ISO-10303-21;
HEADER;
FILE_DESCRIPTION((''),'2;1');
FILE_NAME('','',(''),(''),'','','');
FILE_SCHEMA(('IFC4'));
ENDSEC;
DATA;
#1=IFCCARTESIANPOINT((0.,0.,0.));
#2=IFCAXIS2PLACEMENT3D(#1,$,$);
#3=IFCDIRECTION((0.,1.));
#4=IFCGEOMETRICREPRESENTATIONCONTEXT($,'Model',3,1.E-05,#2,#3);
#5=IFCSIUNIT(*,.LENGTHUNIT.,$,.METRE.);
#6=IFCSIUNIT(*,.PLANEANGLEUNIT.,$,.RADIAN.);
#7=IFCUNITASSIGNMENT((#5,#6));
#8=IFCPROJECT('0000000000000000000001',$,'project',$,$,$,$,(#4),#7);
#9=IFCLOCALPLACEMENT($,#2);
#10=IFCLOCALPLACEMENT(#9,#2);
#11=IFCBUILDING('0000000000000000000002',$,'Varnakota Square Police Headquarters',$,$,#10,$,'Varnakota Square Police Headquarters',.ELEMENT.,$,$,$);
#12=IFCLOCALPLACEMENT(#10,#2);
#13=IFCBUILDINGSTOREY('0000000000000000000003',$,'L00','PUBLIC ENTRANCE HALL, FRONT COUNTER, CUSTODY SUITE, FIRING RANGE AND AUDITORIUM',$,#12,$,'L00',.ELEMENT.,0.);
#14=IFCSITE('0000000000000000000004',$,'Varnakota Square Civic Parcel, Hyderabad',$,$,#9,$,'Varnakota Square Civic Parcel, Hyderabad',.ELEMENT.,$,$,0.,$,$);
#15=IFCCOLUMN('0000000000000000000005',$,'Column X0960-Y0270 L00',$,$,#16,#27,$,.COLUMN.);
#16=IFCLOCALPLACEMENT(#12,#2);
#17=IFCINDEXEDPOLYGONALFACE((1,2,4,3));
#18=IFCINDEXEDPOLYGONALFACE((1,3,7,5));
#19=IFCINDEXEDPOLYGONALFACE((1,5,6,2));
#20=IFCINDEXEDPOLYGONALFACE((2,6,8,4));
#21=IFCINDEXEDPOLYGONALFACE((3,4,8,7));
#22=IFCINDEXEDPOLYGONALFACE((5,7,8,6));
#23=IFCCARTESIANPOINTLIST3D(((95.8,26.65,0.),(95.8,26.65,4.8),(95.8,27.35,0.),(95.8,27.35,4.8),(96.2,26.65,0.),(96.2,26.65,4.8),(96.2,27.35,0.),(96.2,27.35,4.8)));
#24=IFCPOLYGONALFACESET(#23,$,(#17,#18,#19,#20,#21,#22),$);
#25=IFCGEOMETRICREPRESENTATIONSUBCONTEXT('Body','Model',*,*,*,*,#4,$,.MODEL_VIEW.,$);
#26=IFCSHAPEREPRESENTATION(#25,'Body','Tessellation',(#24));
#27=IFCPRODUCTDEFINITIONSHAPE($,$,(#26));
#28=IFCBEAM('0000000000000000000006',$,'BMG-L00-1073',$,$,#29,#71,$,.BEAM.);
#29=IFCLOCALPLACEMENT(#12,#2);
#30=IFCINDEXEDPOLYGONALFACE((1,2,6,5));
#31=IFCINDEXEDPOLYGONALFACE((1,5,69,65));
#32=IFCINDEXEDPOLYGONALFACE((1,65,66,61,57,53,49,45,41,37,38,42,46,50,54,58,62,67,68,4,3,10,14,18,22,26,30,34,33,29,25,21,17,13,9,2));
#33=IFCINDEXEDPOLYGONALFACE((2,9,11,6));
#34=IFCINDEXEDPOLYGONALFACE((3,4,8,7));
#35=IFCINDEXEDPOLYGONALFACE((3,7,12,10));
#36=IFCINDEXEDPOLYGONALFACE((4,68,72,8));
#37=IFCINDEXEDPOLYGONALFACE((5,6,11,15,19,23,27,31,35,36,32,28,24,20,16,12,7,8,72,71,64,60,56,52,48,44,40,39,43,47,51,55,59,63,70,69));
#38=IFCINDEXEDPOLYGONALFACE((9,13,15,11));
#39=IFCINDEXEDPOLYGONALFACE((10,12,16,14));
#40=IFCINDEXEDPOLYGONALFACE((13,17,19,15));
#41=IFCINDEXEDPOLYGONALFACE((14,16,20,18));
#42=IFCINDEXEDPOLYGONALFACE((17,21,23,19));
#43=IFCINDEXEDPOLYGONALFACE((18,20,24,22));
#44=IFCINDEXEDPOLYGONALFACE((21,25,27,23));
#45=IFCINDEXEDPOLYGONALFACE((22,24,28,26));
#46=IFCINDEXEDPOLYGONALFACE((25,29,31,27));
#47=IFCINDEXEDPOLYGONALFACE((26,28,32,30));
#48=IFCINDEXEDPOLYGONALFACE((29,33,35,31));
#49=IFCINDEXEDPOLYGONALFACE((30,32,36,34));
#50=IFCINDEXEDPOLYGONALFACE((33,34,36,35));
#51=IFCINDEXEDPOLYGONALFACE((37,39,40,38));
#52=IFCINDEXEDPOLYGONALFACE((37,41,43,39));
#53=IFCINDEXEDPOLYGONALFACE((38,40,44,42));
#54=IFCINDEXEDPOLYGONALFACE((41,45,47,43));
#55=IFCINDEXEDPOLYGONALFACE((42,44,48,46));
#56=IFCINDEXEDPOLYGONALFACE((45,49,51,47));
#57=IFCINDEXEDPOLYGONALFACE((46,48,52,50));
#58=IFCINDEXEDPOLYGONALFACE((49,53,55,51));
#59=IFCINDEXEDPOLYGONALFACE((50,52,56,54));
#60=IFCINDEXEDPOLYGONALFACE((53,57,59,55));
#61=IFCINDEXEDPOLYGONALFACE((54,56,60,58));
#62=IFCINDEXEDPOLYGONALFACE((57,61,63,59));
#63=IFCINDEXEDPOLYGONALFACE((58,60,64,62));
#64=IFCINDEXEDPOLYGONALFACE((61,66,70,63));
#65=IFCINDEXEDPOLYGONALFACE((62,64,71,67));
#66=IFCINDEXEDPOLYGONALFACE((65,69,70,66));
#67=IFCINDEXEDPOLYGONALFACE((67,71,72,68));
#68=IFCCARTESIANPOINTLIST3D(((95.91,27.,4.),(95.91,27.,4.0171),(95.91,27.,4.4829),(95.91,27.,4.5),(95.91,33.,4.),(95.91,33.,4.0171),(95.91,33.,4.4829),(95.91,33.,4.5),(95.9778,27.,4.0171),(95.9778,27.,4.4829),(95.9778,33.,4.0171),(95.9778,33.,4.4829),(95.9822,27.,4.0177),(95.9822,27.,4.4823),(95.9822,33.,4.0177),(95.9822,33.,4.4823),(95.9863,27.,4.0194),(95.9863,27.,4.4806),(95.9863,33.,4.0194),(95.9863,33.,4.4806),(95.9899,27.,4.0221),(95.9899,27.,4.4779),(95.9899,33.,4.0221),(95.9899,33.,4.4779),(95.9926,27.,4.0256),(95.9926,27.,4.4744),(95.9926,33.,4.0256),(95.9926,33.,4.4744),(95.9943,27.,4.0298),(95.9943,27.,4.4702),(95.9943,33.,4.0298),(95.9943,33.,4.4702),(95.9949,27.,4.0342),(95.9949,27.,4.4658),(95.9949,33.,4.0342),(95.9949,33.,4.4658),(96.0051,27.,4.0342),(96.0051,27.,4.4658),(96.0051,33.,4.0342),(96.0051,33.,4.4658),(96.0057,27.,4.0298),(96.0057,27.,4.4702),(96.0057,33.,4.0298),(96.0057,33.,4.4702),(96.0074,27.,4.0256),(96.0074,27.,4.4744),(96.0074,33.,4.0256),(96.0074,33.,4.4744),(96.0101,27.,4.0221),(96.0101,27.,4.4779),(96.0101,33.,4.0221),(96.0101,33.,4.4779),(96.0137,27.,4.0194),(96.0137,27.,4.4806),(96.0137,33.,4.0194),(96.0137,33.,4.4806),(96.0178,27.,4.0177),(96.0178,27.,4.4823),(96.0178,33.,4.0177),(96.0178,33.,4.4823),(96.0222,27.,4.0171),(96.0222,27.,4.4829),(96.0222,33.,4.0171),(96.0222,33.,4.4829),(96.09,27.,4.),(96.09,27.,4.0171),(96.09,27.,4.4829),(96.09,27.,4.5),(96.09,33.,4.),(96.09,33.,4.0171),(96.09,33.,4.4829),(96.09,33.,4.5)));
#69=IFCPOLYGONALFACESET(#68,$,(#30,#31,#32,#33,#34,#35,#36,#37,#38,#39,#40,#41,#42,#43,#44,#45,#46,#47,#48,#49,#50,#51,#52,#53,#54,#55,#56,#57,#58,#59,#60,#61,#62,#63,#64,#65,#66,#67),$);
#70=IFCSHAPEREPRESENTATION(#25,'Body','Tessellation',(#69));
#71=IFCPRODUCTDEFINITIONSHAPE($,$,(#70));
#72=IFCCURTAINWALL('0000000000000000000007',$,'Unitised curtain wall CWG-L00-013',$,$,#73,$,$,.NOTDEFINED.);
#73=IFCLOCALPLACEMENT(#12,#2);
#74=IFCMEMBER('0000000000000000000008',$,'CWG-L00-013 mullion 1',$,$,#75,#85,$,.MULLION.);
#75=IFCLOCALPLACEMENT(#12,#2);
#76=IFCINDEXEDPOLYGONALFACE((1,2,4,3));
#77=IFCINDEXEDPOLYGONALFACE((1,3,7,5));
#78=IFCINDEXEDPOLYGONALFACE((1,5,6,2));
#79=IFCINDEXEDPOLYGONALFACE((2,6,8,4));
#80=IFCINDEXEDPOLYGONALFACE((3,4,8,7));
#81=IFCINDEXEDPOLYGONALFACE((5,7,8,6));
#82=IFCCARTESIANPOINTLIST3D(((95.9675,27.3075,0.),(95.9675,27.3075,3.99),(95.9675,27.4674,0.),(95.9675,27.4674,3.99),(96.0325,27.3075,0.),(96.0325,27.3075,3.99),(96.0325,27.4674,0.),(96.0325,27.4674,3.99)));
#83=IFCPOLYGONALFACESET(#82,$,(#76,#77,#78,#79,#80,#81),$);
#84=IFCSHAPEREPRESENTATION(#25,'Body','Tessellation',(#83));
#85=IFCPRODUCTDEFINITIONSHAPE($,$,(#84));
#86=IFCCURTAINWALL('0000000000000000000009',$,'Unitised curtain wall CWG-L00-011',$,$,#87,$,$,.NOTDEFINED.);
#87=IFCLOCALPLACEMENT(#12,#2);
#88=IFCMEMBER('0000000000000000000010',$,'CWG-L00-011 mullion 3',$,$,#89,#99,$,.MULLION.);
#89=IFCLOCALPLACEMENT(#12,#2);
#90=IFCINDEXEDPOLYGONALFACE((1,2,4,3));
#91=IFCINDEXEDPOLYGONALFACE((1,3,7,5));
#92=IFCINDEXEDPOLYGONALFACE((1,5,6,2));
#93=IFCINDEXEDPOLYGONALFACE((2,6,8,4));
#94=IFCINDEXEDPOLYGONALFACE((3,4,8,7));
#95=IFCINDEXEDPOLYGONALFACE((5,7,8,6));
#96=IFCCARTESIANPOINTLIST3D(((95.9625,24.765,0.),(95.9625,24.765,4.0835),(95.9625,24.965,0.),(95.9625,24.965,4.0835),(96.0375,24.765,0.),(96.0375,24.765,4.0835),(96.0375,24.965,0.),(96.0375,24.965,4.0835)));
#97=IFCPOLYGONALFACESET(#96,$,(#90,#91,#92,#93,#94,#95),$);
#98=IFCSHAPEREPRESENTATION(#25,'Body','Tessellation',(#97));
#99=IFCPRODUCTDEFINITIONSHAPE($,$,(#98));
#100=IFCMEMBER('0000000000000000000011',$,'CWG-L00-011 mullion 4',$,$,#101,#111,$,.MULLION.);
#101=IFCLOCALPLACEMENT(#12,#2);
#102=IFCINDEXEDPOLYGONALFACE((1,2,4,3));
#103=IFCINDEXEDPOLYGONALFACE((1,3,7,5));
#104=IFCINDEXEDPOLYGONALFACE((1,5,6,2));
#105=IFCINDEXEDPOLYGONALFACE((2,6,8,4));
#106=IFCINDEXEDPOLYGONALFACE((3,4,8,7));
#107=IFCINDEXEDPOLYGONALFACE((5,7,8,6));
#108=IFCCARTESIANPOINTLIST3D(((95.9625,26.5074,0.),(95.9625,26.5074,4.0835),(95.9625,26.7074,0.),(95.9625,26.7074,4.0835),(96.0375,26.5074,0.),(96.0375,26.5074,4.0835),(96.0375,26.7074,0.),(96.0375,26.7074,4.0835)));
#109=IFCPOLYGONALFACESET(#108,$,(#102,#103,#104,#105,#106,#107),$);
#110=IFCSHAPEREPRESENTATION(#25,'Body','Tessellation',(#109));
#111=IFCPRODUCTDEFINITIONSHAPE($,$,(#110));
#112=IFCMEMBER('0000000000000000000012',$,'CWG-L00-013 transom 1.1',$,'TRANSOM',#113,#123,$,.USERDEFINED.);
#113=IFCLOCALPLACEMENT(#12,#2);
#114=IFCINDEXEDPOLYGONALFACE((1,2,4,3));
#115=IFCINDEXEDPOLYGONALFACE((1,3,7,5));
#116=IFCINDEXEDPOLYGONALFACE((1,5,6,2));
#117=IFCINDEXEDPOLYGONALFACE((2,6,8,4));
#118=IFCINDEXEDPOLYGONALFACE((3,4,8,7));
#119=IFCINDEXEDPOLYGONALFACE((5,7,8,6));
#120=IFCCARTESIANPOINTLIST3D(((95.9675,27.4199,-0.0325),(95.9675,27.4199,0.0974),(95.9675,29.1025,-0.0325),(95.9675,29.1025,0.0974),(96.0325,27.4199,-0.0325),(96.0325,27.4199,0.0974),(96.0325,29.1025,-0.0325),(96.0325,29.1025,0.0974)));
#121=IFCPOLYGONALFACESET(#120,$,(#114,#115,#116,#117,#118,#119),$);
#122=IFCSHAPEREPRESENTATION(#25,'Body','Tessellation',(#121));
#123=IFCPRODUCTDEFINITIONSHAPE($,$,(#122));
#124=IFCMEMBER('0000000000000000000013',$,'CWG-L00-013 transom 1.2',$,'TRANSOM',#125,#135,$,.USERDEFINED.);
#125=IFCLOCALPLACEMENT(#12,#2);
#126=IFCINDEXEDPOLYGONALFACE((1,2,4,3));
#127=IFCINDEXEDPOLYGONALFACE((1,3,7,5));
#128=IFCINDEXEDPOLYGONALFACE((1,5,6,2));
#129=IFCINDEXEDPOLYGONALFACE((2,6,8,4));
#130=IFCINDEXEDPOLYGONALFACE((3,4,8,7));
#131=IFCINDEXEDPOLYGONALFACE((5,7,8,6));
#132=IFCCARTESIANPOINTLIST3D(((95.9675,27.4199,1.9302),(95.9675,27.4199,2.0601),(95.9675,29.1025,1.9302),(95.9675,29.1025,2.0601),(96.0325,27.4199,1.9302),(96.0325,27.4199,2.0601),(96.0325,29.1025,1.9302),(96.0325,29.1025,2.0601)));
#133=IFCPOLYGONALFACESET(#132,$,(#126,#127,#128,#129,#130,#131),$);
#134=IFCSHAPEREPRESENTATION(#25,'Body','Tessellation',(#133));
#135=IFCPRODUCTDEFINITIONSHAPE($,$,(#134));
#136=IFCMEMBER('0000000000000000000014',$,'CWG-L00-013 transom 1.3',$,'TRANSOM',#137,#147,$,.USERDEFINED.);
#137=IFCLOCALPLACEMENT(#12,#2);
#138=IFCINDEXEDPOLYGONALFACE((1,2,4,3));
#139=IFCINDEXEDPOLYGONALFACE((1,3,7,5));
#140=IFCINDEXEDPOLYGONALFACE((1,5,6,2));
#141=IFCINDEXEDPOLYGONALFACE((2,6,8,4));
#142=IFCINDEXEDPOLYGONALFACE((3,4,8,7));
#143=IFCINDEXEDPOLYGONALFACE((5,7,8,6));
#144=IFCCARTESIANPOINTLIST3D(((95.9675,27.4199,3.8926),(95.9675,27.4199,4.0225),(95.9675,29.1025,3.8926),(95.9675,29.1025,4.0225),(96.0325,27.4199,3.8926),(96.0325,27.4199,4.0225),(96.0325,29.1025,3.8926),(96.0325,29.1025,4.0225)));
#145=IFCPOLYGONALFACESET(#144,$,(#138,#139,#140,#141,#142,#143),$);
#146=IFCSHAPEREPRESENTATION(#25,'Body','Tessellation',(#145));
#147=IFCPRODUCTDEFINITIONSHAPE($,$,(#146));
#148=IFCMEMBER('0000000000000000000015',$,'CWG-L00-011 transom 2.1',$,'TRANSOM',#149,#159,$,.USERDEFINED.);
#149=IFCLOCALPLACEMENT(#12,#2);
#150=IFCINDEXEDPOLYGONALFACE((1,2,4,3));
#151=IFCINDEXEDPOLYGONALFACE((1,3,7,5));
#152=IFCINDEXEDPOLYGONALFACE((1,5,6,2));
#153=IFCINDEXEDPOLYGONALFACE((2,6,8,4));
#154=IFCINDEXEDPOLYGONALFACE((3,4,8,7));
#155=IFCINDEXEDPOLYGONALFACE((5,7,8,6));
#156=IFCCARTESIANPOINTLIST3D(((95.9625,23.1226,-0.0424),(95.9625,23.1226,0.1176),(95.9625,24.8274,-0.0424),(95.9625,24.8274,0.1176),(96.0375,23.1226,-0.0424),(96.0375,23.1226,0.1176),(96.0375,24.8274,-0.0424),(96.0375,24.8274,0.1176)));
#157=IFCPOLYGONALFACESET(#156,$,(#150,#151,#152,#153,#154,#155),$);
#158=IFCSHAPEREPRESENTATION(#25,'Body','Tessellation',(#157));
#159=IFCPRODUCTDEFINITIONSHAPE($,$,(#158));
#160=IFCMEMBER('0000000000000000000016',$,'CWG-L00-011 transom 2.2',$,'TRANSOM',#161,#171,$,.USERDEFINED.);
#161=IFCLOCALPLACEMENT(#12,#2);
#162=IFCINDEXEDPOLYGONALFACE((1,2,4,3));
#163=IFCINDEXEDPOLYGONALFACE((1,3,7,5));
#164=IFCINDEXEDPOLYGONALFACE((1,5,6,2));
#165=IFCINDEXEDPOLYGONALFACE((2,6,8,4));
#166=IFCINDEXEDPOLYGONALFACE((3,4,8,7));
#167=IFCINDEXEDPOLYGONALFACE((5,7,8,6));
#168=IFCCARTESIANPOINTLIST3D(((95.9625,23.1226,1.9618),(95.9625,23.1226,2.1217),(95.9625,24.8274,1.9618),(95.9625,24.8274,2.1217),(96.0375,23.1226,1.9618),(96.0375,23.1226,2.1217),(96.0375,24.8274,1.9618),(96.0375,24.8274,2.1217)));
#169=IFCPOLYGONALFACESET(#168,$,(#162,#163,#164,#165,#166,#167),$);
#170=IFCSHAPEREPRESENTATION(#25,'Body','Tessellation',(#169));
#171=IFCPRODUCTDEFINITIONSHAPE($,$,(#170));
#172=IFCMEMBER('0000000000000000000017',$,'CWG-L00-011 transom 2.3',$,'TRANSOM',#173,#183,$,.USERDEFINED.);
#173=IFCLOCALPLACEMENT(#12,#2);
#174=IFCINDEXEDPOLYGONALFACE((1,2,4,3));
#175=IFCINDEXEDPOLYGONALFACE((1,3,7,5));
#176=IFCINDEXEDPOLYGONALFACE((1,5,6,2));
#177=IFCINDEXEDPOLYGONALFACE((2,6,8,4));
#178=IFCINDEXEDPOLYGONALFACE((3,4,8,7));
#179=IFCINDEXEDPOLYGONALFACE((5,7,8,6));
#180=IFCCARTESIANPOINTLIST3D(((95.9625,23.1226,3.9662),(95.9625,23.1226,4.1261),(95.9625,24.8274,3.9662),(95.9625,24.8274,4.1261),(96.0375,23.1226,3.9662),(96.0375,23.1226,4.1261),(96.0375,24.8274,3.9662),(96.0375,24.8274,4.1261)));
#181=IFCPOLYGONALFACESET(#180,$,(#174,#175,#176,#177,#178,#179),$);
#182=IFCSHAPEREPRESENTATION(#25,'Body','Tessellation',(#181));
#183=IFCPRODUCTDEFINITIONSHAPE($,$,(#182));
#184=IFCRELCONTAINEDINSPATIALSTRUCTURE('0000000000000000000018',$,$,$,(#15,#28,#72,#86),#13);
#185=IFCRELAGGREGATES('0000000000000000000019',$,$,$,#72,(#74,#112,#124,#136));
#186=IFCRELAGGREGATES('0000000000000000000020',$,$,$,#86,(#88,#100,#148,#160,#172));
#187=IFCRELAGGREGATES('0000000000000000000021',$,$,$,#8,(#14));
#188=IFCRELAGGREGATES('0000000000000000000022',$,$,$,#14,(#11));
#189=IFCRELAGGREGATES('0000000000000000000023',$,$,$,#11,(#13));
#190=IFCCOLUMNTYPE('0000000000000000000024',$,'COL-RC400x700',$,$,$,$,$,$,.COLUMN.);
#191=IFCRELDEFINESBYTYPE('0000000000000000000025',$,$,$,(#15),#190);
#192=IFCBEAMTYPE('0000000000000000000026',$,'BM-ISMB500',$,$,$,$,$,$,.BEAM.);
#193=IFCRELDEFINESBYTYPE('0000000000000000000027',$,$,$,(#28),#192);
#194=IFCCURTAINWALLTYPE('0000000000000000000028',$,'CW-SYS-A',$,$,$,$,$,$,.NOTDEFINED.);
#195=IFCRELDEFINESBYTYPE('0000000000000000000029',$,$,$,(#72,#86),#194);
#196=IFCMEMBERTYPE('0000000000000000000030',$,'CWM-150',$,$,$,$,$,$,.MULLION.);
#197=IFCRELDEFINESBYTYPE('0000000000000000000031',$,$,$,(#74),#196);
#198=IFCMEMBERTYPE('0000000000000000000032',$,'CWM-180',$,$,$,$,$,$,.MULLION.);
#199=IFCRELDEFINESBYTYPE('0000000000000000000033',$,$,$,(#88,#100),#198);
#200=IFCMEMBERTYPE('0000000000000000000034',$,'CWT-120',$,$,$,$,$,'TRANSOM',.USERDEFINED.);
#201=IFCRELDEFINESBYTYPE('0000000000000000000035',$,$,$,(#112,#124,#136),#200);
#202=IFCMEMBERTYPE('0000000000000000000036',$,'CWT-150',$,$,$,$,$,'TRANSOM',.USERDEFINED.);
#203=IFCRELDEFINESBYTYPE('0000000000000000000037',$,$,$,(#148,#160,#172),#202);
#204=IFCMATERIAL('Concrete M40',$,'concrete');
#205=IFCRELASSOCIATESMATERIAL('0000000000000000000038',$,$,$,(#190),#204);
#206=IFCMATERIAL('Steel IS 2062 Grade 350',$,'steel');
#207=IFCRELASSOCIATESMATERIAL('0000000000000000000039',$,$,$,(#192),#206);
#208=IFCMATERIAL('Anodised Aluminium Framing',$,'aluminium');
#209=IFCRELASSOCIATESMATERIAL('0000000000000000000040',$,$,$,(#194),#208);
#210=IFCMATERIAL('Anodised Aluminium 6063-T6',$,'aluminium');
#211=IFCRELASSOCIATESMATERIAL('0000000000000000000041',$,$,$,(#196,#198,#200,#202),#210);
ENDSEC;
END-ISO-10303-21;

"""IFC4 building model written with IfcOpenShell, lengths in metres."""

from ifc_helpers import new_model, si_unit, direction, frame, origin, origin_2d, place, context, subcontext, project, spatial, rectangle, i_section, extrude, material, material_profile, profile_set, type_object, element, aggregate, save


model = new_model("IFC4")

# Units and contexts
model_context = context("Model", 3, precision=1e-05, world=origin(), true_north=direction((0.0, 1.0)))
body_context = subcontext(model_context, "Body", "Model", "MODEL_VIEW")
ifc_project = project(units=[si_unit("LENGTHUNIT", "METRE"), si_unit("PLANEANGLEUNIT", "RADIAN")], contexts=[model_context])

# Site, building, storey
site_placement = place(None, origin())
site = spatial("IfcSite", under=ifc_project, at=site_placement, Name="Varnakota Square Civic Parcel, Hyderabad", LongName="Varnakota Square Civic Parcel, Hyderabad", CompositionType="ELEMENT", RefElevation=0.0)
building_placement = place(site_placement, origin())
building = spatial("IfcBuilding", under=site, at=building_placement, Name="Varnakota Square Police Headquarters", LongName="Varnakota Square Police Headquarters", CompositionType="ELEMENT")
storey_placement = place(building_placement, origin())
storey = spatial("IfcBuildingStorey", under=building, at=storey_placement, Name="L00", Description="PUBLIC ENTRANCE HALL, FRONT COUNTER, CUSTODY SUITE, FIRING RANGE AND AUDITORIUM", LongName="L00", CompositionType="ELEMENT", Elevation=0.0)

# Column
ifc_material_1 = material(Name="Concrete M40", Category="concrete")
ifc_material_profile_1 = material_profile(ifc_material_1, rectangle(XDim=0.3999, YDim=0.7, at=origin_2d()), Name="RC 400x700")
ifc_profile_set_1 = profile_set([ifc_material_profile_1], Name="Concrete M40")
column_type = type_object("IfcColumnType", Name="COL-RC400x700", PredefinedType="COLUMN", material=ifc_profile_set_1)
column_placement = place(storey_placement, frame((96.0, 27.0, 0.0), z_axis=(0.0, 0.0, 1.0), x_axis=(1.0, 0.0, 0.0)))
element("IfcColumn", 1, at=column_placement, inside=storey, type_object=column_type, Name="Column X0960-Y0270 L00", PredefinedType="COLUMN", context=body_context, shape_type="SweptSolid", body=[
    extrude(rectangle(XDim=0.3999, YDim=0.7, at=origin_2d()), origin(), (0.0, 0.0, 1.0), 4.8),
])

# Beam
ifc_material_2 = material(Name="Steel IS 2062 Grade 350", Category="steel")
ifc_material_profile_2 = material_profile(ifc_material_2, i_section(OverallWidth=0.1799, OverallDepth=0.5, WebThickness=0.0103, FlangeThickness=0.0171, FilletRadius=0.0171, at=origin_2d()), Name="ISMB 500")
ifc_profile_set_2 = profile_set([ifc_material_profile_2], Name="Steel IS 2062 Grade 350")
beam_type = type_object("IfcBeamType", Name="BM-ISMB500", PredefinedType="BEAM", material=ifc_profile_set_2)
beam_placement = place(storey_placement, frame((96.0, 27.0, 4.25), z_axis=(0.0, 1.0, 0.0), x_axis=(-1.0, 0.0, 0.0)))
element("IfcBeam", 2, at=beam_placement, inside=storey, type_object=beam_type, Name="BMG-L00-1073", PredefinedType="BEAM", context=body_context, shape_type="SweptSolid", body=[
    extrude(i_section(OverallWidth=0.1799, OverallDepth=0.5, WebThickness=0.0103, FlangeThickness=0.0171, FilletRadius=0.0171, at=origin_2d()), origin(), (0.0, 0.0, 1.0), 6.0),
])

# Curtain wall, member
ifc_material_3 = material(Name="Anodised Aluminium Framing", Category="aluminium")
curtain_wall_type = type_object("IfcCurtainWallType", Name="CW-SYS-A", PredefinedType="NOTDEFINED", material=ifc_material_3)
curtain_wall_1_placement = place(storey_placement, origin())
curtain_wall_1 = element("IfcCurtainWall", 3, at=curtain_wall_1_placement, inside=storey, type_object=curtain_wall_type, Name="Unitised curtain wall CWG-L00-013", PredefinedType="NOTDEFINED")
ifc_material_4 = material(Name="Anodised Aluminium 6063-T6", Category="aluminium")
ifc_material_profile_3 = material_profile(ifc_material_4, rectangle(XDim=0.0649, YDim=0.1599, at=origin_2d()), Name="ALU MULLION 65x160")
ifc_profile_set_3 = profile_set([ifc_material_profile_3], Name="Anodised Aluminium 6063-T6")
member_type_1 = type_object("IfcMemberType", Name="CWM-150", PredefinedType="MULLION", material=ifc_profile_set_3)
member_1_placement = place(storey_placement, frame((96.0, 27.3875, 0.0), z_axis=(0.0, 0.0, 1.0), x_axis=(-1.0, 0.0, 0.0)))
member_1 = element("IfcMember", 4, at=member_1_placement, type_object=member_type_1, Name="CWG-L00-013 mullion 1", PredefinedType="MULLION", context=body_context, shape_type="SweptSolid", body=[
    extrude(rectangle(XDim=0.0649, YDim=0.1599, at=origin_2d()), origin(), (0.0, 0.0, 1.0), 3.99),
])

# Curtain wall, members
curtain_wall_2_placement = place(storey_placement, origin())
curtain_wall_2 = element("IfcCurtainWall", 5, at=curtain_wall_2_placement, inside=storey, type_object=curtain_wall_type, Name="Unitised curtain wall CWG-L00-011", PredefinedType="NOTDEFINED")
ifc_material_profile_4 = material_profile(ifc_material_4, rectangle(XDim=0.075, YDim=0.2, at=origin_2d()), Name="ALU MULLION 75x200")
ifc_profile_set_4 = profile_set([ifc_material_profile_4], Name="Anodised Aluminium 6063-T6")
member_type_2 = type_object("IfcMemberType", Name="CWM-180", PredefinedType="MULLION", material=ifc_profile_set_4)
member_2_placement = place(storey_placement, frame((96.0, 24.865, 0.0), z_axis=(0.0, 0.0, 1.0), x_axis=(-1.0, 0.0, 0.0)))
member_2 = element("IfcMember", 6, at=member_2_placement, type_object=member_type_2, Name="CWG-L00-011 mullion 3", PredefinedType="MULLION", context=body_context, shape_type="SweptSolid", body=[
    extrude(rectangle(XDim=0.075, YDim=0.2, at=origin_2d()), origin(), (0.0, 0.0, 1.0), 4.0835),
])
member_3_placement = place(storey_placement, frame((96.0, 26.6074, 0.0), z_axis=(0.0, 0.0, 1.0), x_axis=(-1.0, 0.0, 0.0)))
member_3 = element("IfcMember", 7, at=member_3_placement, type_object=member_type_2, Name="CWG-L00-011 mullion 4", PredefinedType="MULLION", context=body_context, shape_type="SweptSolid", body=[
    extrude(rectangle(XDim=0.075, YDim=0.2, at=origin_2d()), origin(), (0.0, 0.0, 1.0), 4.0835),
])

# Members
ifc_material_profile_5 = material_profile(ifc_material_4, rectangle(XDim=0.0649, YDim=0.1299, at=origin_2d()), Name="ALU TRANSOM 65x130")
ifc_profile_set_5 = profile_set([ifc_material_profile_5], Name="Anodised Aluminium 6063-T6")
member_type_3 = type_object("IfcMemberType", Name="CWT-120", ElementType="TRANSOM", PredefinedType="USERDEFINED", material=ifc_profile_set_5)
member_4_placement = place(storey_placement, frame((96.0, 27.4199, 0.0325), z_axis=(0.0, 1.0, 0.0), x_axis=(-1.0, 0.0, 0.0)))
member_4 = element("IfcMember", 8, at=member_4_placement, type_object=member_type_3, Name="CWG-L00-013 transom 1.1", ObjectType="TRANSOM", PredefinedType="USERDEFINED", context=body_context, shape_type="SweptSolid", body=[
    extrude(rectangle(XDim=0.0649, YDim=0.1299, at=origin_2d()), origin(), (0.0, 0.0, 1.0), 1.6826),
])
member_5_placement = place(storey_placement, frame((96.0, 27.4199, 1.9951), z_axis=(0.0, 1.0, 0.0), x_axis=(-1.0, 0.0, 0.0)))
member_5 = element("IfcMember", 9, at=member_5_placement, type_object=member_type_3, Name="CWG-L00-013 transom 1.2", ObjectType="TRANSOM", PredefinedType="USERDEFINED", context=body_context, shape_type="SweptSolid", body=[
    extrude(rectangle(XDim=0.0649, YDim=0.1299, at=origin_2d()), origin(), (0.0, 0.0, 1.0), 1.6826),
])
member_6_placement = place(storey_placement, frame((96.0, 27.4199, 3.9575), z_axis=(0.0, 1.0, 0.0), x_axis=(-1.0, 0.0, 0.0)))
member_6 = element("IfcMember", 10, at=member_6_placement, type_object=member_type_3, Name="CWG-L00-013 transom 1.3", ObjectType="TRANSOM", PredefinedType="USERDEFINED", context=body_context, shape_type="SweptSolid", body=[
    extrude(rectangle(XDim=0.0649, YDim=0.1299, at=origin_2d()), origin(), (0.0, 0.0, 1.0), 1.6826),
])
aggregate(curtain_wall_1, [member_1, member_4, member_5, member_6])
ifc_material_profile_6 = material_profile(ifc_material_4, rectangle(XDim=0.075, YDim=0.1599, at=origin_2d()), Name="ALU TRANSOM 75x160")
ifc_profile_set_6 = profile_set([ifc_material_profile_6], Name="Anodised Aluminium 6063-T6")
member_type_4 = type_object("IfcMemberType", Name="CWT-150", ElementType="TRANSOM", PredefinedType="USERDEFINED", material=ifc_profile_set_6)
member_7_placement = place(storey_placement, frame((96.0, 23.1226, 0.0376), z_axis=(0.0, 1.0, 0.0), x_axis=(-1.0, 0.0, 0.0)))
member_7 = element("IfcMember", 11, at=member_7_placement, type_object=member_type_4, Name="CWG-L00-011 transom 2.1", ObjectType="TRANSOM", PredefinedType="USERDEFINED", context=body_context, shape_type="SweptSolid", body=[
    extrude(rectangle(XDim=0.075, YDim=0.1599, at=origin_2d()), origin(), (0.0, 0.0, 1.0), 1.7048),
])
member_8_placement = place(storey_placement, frame((96.0, 23.1226, 2.0417), z_axis=(0.0, 1.0, 0.0), x_axis=(-1.0, 0.0, 0.0)))
member_8 = element("IfcMember", 12, at=member_8_placement, type_object=member_type_4, Name="CWG-L00-011 transom 2.2", ObjectType="TRANSOM", PredefinedType="USERDEFINED", context=body_context, shape_type="SweptSolid", body=[
    extrude(rectangle(XDim=0.075, YDim=0.1599, at=origin_2d()), origin(), (0.0, 0.0, 1.0), 1.7048),
])
member_9_placement = place(storey_placement, frame((96.0, 23.1226, 4.0461), z_axis=(0.0, 1.0, 0.0), x_axis=(-1.0, 0.0, 0.0)))
member_9 = element("IfcMember", 13, at=member_9_placement, type_object=member_type_4, Name="CWG-L00-011 transom 2.3", ObjectType="TRANSOM", PredefinedType="USERDEFINED", context=body_context, shape_type="SweptSolid", body=[
    extrude(rectangle(XDim=0.075, YDim=0.1599, at=origin_2d()), origin(), (0.0, 0.0, 1.0), 1.7048),
])

aggregate(curtain_wall_2, [member_2, member_3, member_7, member_8, member_9])

save(model, "model.ifc")
